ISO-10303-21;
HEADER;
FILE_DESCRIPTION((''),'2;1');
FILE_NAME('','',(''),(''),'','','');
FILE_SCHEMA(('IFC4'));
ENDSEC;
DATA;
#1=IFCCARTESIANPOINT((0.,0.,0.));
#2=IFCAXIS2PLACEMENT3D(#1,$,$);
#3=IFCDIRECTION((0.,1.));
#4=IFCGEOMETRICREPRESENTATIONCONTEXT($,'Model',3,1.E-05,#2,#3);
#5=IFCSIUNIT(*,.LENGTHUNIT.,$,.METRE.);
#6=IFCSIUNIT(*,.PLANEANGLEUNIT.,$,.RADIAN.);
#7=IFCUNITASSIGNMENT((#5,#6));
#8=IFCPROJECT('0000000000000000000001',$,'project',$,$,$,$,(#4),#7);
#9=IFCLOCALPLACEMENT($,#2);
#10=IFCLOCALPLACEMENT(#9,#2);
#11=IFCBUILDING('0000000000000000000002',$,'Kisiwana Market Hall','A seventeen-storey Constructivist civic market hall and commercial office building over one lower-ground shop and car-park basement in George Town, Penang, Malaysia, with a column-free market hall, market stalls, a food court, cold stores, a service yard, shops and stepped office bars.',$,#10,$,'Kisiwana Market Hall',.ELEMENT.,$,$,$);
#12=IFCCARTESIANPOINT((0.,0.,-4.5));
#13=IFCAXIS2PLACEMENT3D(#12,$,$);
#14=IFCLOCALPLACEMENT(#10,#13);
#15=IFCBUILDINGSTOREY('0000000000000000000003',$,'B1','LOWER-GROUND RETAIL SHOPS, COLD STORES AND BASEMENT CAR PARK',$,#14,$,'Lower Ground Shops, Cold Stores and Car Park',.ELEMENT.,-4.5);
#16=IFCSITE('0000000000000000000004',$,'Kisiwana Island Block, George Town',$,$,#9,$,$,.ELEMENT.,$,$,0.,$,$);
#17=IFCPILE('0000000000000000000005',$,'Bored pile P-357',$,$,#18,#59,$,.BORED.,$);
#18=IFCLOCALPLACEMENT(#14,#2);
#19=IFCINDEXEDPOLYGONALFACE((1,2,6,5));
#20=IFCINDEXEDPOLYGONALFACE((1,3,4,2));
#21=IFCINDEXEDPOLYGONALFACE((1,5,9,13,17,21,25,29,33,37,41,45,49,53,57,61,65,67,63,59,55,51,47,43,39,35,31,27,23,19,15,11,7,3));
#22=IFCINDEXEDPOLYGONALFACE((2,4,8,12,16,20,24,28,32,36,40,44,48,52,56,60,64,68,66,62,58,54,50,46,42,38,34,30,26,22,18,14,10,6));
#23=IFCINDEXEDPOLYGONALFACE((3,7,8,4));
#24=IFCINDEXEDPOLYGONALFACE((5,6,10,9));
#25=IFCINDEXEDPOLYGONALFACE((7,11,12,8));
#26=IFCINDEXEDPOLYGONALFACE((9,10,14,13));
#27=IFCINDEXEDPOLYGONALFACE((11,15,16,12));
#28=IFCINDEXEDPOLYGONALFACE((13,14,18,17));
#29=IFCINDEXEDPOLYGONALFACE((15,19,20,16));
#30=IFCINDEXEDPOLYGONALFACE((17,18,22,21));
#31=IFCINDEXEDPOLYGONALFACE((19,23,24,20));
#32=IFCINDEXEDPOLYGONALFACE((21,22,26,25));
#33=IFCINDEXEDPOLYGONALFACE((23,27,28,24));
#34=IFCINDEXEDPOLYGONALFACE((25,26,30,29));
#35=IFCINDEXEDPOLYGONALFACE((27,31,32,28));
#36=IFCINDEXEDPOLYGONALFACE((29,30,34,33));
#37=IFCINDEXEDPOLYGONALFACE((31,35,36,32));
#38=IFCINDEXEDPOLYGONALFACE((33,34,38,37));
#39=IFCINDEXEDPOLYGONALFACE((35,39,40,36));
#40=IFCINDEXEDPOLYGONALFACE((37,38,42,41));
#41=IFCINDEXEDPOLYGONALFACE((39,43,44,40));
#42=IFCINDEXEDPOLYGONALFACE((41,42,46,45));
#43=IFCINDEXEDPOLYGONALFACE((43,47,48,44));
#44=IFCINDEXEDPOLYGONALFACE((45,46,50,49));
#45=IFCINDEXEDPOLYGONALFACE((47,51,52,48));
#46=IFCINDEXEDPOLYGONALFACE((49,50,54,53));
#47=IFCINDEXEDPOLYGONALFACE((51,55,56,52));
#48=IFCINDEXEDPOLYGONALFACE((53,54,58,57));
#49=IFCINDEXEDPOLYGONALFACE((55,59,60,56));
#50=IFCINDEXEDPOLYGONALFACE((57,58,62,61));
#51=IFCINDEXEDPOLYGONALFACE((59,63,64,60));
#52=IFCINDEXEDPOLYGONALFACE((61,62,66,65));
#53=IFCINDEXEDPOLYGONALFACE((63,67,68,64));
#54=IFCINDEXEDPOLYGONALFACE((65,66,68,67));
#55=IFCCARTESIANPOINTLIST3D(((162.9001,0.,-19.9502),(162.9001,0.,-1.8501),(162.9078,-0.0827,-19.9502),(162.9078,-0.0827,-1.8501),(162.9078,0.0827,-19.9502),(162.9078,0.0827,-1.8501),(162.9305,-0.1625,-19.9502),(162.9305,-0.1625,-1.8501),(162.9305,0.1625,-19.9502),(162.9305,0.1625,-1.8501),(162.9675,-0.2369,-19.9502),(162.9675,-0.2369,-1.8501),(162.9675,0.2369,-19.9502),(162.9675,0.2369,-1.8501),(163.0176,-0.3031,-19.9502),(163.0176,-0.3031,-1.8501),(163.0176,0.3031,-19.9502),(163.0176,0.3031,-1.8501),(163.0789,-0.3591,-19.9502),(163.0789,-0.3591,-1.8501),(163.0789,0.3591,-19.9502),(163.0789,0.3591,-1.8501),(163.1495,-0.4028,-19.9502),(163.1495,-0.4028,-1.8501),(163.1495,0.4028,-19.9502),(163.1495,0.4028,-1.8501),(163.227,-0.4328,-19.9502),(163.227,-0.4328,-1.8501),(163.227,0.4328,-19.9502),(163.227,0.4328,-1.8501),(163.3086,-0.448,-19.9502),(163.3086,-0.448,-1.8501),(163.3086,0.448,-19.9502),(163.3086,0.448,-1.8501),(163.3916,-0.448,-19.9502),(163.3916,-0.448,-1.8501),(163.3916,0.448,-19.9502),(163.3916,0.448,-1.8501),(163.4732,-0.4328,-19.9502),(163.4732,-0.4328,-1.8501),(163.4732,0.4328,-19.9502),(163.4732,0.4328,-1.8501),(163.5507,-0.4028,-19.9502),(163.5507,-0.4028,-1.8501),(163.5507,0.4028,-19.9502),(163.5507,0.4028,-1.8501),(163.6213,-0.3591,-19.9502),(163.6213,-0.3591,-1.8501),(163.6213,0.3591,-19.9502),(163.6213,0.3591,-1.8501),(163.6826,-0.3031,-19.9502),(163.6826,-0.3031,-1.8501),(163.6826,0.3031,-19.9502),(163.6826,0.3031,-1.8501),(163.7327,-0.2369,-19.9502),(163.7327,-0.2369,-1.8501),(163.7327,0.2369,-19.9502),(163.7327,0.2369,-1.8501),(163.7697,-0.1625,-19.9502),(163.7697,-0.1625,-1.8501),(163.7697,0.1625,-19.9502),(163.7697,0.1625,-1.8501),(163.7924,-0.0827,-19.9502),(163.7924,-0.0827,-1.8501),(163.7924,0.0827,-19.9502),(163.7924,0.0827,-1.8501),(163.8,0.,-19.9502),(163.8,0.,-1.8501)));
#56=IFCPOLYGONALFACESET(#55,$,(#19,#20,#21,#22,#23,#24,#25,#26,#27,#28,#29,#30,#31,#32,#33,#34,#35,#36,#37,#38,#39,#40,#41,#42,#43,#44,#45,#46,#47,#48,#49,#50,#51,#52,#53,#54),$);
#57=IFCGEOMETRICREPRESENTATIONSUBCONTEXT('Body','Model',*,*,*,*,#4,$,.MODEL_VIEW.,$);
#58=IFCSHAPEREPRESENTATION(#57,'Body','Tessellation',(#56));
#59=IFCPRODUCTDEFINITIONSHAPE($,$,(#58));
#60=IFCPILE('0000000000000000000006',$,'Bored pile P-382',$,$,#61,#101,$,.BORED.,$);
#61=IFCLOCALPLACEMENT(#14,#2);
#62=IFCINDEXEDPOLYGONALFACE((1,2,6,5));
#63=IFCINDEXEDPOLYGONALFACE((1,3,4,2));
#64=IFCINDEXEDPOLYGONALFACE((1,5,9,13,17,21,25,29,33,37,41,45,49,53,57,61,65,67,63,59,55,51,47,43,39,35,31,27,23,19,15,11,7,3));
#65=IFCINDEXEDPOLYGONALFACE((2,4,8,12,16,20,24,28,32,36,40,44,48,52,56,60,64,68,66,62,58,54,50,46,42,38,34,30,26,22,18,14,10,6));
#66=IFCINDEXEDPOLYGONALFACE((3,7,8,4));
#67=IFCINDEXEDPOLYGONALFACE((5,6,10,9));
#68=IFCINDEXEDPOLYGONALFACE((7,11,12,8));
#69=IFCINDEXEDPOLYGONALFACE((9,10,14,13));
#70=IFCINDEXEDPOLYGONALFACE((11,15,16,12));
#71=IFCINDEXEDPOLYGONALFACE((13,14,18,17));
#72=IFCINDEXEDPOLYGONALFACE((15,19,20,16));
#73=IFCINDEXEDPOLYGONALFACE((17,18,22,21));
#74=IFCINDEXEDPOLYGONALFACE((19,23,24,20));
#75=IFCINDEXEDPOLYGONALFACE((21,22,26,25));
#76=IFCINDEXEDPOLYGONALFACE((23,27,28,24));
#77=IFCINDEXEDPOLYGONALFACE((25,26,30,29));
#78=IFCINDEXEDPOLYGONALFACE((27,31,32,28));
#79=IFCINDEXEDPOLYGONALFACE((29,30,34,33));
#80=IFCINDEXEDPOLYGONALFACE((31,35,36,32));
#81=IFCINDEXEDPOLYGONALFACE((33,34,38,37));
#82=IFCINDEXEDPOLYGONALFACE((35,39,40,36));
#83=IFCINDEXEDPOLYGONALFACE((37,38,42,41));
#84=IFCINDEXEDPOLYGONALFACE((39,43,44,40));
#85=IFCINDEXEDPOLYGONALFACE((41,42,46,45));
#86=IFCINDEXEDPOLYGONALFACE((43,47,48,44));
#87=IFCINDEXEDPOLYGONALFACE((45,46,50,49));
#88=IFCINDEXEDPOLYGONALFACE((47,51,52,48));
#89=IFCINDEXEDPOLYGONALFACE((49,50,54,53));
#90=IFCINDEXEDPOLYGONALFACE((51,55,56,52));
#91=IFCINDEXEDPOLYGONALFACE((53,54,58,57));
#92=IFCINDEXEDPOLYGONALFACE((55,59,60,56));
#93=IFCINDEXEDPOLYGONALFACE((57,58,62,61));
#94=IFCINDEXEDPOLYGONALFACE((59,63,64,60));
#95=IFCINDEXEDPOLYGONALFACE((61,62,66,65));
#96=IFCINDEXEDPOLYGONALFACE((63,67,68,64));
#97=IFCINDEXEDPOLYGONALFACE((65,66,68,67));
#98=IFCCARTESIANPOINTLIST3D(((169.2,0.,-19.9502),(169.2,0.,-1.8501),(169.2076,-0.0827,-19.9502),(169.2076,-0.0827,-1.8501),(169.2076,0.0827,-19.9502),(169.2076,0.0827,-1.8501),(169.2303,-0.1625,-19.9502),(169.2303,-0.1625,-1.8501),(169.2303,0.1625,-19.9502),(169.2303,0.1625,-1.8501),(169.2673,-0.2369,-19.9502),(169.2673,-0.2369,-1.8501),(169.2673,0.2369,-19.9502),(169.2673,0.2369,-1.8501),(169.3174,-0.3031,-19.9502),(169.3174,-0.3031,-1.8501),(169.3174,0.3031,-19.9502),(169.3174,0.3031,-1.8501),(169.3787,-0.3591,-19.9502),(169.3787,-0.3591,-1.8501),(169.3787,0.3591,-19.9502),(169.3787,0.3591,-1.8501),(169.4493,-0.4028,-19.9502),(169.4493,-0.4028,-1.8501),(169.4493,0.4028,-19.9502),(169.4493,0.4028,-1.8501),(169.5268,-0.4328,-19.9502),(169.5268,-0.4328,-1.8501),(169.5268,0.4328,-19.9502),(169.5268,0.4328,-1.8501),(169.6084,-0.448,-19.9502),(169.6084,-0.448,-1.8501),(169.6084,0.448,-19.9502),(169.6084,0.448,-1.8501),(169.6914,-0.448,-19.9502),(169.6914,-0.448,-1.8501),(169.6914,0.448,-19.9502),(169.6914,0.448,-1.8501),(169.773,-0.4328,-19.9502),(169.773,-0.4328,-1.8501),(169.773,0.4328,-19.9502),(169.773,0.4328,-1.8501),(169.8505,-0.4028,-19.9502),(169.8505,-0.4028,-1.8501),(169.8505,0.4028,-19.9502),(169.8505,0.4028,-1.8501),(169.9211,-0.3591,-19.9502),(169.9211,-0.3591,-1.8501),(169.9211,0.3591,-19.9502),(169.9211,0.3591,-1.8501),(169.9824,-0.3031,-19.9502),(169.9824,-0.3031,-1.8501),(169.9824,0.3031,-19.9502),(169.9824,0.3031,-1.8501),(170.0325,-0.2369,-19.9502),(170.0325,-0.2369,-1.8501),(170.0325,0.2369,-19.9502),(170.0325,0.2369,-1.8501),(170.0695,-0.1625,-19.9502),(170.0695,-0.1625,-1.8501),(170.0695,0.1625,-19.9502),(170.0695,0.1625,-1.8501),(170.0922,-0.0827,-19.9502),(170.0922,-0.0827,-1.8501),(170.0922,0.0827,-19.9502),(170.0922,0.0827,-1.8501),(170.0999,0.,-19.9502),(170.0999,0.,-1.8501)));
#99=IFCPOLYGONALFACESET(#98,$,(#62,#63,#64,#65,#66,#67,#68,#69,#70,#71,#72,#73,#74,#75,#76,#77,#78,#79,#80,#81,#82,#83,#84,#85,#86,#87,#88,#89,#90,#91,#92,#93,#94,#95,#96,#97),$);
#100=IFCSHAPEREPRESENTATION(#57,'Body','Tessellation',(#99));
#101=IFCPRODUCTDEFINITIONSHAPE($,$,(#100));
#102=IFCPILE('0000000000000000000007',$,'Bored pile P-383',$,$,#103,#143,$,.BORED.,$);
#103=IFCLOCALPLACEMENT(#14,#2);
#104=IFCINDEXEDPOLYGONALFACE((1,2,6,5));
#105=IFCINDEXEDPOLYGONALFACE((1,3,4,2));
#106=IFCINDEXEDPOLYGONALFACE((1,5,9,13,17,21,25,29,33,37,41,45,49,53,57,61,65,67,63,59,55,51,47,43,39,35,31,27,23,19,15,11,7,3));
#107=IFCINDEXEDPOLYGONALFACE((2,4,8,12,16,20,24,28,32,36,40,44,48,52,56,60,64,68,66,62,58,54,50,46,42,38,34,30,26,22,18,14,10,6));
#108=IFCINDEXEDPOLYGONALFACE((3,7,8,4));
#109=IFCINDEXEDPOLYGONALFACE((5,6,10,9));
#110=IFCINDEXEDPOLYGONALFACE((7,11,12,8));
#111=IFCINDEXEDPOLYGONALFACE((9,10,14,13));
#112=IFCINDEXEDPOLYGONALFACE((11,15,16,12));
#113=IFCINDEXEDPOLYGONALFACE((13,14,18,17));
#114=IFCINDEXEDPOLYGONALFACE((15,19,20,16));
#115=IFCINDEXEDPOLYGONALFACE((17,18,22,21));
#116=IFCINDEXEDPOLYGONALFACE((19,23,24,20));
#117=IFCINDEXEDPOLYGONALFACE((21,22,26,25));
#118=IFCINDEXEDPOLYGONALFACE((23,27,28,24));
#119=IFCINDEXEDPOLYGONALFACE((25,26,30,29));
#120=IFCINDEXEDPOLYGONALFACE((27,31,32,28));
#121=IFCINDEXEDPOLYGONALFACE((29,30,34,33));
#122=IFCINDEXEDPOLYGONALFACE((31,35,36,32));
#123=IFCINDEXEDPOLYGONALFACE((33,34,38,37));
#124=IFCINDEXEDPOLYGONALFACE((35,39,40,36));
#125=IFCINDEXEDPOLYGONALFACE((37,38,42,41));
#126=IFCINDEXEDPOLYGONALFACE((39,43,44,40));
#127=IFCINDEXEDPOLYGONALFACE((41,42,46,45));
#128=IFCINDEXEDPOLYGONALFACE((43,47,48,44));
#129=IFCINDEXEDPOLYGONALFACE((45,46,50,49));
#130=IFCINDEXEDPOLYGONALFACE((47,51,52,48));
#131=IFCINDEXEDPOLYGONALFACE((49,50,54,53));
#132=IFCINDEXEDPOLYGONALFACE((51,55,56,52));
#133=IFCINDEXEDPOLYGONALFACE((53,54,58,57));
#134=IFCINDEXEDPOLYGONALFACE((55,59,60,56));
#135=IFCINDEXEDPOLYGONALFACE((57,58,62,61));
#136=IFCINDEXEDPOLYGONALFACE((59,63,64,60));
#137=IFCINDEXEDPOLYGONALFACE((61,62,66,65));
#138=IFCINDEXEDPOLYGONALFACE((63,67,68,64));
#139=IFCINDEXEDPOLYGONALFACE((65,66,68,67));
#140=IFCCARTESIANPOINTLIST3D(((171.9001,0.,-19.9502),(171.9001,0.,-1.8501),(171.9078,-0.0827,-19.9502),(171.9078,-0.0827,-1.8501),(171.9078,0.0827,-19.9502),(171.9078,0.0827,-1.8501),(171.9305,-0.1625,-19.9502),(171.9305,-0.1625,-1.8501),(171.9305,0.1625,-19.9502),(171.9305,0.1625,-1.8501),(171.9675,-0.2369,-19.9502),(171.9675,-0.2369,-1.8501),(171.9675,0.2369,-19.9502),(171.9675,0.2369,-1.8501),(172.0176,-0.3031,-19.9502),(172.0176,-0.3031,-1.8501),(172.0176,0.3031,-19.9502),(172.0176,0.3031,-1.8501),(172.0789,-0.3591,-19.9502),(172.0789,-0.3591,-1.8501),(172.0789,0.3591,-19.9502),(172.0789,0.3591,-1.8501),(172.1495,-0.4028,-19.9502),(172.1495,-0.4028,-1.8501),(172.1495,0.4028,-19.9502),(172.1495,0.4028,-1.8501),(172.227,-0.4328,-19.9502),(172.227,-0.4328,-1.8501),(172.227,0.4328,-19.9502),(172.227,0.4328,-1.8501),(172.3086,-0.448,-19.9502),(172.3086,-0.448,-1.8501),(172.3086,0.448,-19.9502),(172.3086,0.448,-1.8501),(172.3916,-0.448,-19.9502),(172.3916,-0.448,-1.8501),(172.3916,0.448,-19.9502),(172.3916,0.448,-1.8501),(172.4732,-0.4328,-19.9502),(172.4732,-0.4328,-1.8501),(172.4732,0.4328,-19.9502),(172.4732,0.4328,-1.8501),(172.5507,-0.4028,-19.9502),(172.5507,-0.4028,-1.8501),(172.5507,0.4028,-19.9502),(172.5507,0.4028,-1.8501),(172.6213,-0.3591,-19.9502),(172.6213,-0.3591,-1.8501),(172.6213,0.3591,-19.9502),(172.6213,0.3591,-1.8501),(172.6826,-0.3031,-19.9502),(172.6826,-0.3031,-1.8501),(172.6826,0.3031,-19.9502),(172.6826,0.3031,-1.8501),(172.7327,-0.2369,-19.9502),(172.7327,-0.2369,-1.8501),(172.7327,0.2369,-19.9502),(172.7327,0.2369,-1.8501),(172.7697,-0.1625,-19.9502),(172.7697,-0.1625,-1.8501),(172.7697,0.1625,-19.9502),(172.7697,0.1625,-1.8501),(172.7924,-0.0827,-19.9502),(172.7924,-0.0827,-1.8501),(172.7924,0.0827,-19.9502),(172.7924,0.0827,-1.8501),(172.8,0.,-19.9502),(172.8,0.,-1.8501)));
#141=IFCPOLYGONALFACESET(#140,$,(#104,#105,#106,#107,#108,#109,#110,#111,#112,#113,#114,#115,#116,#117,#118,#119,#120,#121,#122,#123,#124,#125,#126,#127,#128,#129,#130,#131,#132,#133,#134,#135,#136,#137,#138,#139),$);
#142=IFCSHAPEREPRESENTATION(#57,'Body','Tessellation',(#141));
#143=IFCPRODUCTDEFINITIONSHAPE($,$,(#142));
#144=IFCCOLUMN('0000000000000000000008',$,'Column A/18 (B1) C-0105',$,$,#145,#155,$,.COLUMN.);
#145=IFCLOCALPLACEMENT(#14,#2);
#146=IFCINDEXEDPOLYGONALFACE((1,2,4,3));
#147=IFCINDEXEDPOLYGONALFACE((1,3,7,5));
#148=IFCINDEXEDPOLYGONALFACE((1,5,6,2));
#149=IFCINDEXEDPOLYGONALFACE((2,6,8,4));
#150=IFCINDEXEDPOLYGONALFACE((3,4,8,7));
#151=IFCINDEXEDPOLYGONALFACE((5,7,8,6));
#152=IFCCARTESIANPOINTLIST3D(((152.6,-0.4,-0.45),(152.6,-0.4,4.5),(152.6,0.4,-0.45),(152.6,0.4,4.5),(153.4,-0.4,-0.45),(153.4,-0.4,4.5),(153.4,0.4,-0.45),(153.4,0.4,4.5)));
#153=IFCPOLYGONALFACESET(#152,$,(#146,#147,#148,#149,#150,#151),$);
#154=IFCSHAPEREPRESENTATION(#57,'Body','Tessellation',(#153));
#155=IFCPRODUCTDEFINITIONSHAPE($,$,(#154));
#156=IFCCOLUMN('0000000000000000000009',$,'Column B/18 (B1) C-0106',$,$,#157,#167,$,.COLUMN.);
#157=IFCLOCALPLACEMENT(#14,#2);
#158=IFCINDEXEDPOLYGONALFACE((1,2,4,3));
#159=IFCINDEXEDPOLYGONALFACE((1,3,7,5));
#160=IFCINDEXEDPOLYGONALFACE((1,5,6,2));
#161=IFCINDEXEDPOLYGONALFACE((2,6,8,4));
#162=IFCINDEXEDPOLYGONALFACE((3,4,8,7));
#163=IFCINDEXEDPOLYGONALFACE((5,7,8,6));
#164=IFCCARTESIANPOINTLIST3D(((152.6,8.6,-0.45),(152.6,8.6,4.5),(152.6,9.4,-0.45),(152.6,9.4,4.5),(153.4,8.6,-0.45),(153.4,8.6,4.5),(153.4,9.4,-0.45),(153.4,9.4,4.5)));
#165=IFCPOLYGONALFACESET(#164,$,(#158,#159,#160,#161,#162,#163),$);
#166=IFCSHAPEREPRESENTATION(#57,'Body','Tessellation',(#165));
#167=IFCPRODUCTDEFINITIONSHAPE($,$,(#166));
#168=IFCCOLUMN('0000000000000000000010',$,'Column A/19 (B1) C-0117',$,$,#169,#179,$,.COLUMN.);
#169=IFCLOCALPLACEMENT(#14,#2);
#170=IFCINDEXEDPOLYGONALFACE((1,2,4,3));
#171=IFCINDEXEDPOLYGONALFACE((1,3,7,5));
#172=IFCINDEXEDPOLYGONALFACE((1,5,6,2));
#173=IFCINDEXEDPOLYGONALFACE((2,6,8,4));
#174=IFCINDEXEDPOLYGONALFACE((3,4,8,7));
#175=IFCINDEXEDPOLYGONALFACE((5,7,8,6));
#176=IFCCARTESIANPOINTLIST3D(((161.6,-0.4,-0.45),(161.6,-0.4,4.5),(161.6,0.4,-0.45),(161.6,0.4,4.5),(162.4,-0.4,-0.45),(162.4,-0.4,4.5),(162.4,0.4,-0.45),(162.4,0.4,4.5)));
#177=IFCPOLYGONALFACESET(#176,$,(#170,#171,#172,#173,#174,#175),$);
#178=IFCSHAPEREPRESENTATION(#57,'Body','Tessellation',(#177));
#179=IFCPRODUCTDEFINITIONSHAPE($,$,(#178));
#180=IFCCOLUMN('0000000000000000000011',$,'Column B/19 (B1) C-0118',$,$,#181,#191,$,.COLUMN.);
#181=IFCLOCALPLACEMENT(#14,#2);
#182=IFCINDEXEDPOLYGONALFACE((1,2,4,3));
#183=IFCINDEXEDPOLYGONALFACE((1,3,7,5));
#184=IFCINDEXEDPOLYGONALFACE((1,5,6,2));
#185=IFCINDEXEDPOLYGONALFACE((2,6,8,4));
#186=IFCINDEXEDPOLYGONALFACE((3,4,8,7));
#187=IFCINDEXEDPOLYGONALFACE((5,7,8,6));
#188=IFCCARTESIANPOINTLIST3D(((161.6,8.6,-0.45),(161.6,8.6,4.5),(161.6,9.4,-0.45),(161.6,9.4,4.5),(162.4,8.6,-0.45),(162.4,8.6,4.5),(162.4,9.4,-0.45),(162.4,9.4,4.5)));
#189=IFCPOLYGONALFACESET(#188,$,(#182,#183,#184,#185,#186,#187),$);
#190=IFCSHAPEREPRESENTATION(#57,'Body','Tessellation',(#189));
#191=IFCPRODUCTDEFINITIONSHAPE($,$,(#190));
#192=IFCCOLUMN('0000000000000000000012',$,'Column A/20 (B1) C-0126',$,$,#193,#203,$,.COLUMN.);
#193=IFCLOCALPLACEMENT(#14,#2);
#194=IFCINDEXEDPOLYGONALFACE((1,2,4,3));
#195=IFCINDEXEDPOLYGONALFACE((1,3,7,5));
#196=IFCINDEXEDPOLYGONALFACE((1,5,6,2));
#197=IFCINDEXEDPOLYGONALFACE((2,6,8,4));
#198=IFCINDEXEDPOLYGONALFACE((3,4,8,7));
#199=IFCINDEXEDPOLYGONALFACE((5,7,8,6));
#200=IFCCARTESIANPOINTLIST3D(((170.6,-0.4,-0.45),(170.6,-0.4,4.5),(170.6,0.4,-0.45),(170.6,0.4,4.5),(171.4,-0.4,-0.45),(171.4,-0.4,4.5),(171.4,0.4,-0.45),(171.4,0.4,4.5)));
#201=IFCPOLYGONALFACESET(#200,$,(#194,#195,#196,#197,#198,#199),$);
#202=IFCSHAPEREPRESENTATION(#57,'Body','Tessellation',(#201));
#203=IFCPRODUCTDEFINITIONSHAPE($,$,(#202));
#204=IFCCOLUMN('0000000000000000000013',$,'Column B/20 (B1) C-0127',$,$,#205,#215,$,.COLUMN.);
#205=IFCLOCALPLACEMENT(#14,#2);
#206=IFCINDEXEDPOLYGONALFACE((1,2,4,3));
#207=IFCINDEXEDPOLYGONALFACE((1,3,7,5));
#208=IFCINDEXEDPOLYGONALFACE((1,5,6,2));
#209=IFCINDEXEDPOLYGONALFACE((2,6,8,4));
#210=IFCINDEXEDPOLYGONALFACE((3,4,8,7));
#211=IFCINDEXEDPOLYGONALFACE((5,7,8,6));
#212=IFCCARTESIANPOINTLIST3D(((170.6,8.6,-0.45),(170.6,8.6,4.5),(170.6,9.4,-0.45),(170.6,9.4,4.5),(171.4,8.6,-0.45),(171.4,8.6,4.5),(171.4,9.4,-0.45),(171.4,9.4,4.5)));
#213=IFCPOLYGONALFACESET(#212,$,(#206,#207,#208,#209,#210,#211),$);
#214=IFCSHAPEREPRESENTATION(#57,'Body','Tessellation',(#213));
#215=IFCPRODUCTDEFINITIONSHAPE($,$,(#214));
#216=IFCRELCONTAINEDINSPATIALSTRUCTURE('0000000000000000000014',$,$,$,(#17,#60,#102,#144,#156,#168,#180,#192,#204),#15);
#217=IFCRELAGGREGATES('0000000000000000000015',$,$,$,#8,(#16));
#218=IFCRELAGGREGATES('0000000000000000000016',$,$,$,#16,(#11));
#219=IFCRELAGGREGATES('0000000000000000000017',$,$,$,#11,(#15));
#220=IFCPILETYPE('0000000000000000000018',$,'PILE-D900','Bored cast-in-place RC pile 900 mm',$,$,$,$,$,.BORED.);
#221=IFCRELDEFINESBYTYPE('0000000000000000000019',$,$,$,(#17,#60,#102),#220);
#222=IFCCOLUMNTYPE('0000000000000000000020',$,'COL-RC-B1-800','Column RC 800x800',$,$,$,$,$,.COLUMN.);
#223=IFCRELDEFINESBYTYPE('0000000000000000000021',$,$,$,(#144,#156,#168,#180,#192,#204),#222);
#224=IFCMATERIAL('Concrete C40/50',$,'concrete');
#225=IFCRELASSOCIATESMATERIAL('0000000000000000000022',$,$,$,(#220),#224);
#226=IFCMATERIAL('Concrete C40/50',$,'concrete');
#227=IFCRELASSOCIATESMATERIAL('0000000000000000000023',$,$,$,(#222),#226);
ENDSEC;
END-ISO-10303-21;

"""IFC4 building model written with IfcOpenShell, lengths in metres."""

from ifc_helpers import new_model, si_unit, direction, frame, origin, origin_2d, place, context, subcontext, project, spatial, rectangle, circle, extrude, material, material_profile, profile_set, type_object, element, save


model = new_model("IFC4")

# Units and contexts
model_context = context("Model", 3, precision=1e-05, world=origin(), true_north=direction((0.0, 1.0)))
body_context = subcontext(model_context, "Body", "Model", "MODEL_VIEW")
ifc_project = project(units=[si_unit("LENGTHUNIT", "METRE"), si_unit("PLANEANGLEUNIT", "RADIAN")], contexts=[model_context])

# Site, building, storey
site_placement = place(None, origin())
site = spatial("IfcSite", under=ifc_project, at=site_placement, Name="Kisiwana Island Block, George Town", CompositionType="ELEMENT", RefElevation=0.0)
building_placement = place(site_placement, origin())
building = spatial("IfcBuilding", under=site, at=building_placement, Name="Kisiwana Market Hall", Description="A seventeen-storey Constructivist civic market hall and commercial office building over one lower-ground shop and car-park basement in George Town, Penang, Malaysia, with a column-free market hall, market stalls, a food court, cold stores, a service yard, shops and stepped office bars.", LongName="Kisiwana Market Hall", CompositionType="ELEMENT")
storey_placement = place(building_placement, frame((0.0, 0.0, -4.5)))
storey = spatial("IfcBuildingStorey", under=building, at=storey_placement, Name="B1", Description="LOWER-GROUND RETAIL SHOPS, COLD STORES AND BASEMENT CAR PARK", LongName="Lower Ground Shops, Cold Stores and Car Park", CompositionType="ELEMENT", Elevation=-4.5)

# Piles
ifc_material_1 = material(Name="Concrete C40/50", Category="concrete")
ifc_material_profile_1 = material_profile(ifc_material_1, circle(Radius=0.45, at=origin_2d()), Name="BP D900")
ifc_profile_set_1 = profile_set([ifc_material_profile_1], Name="Concrete C40/50")
pile_type_1 = type_object("IfcPileType", Name="PILE-D900", Description="Bored cast-in-place RC pile 900 mm", PredefinedType="BORED", material=ifc_profile_set_1)
for number, where, z_axis, x_axis, name in (
    (1, (163.3501, 0.0, -1.8501), (0.0, 0.0, -1.0), (1.0, 0.0, 0.0), "Bored pile P-357"),
    (2, (169.6499, 0.0, -1.8501), (0.0, 0.0, -1.0), (1.0, 0.0, 0.0), "Bored pile P-382"),
    (3, (172.3501, 0.0, -1.8501), (0.0, 0.0, -1.0), (1.0, 0.0, 0.0), "Bored pile P-383"),
):
    element("IfcPile", number, at=place(storey_placement, frame(where, z_axis=z_axis, x_axis=x_axis)), inside=storey, type_object=pile_type_1, Name=name, PredefinedType="BORED", context=body_context, shape_type="SweptSolid", body=[
        extrude(circle(Radius=0.45, at=origin_2d()), origin(), (0.0, 0.0, 1.0), 18.1001),
    ])

# Columns
ifc_material_2 = material(Name="Concrete C40/50", Category="concrete")
ifc_material_profile_2 = material_profile(ifc_material_2, rectangle(XDim=0.8, YDim=0.8, at=origin_2d()), Name="RC 800x800")
ifc_profile_set_2 = profile_set([ifc_material_profile_2], Name="Concrete C40/50")
column_type = type_object("IfcColumnType", Name="COL-RC-B1-800", Description="Column RC 800x800", PredefinedType="COLUMN", material=ifc_profile_set_2)
for number, where, z_axis, x_axis, name in (
    (4, (153.0, 0.0, -0.45), (0.0, 0.0, 1.0), (1.0, 0.0, 0.0), "Column A/18 (B1) C-0105"),
    (5, (153.0, 9.0, -0.45), (0.0, 0.0, 1.0), (1.0, 0.0, 0.0), "Column B/18 (B1) C-0106"),
    (6, (162.0, 0.0, -0.45), (0.0, 0.0, 1.0), (1.0, 0.0, 0.0), "Column A/19 (B1) C-0117"),
    (7, (162.0, 9.0, -0.45), (0.0, 0.0, 1.0), (1.0, 0.0, 0.0), "Column B/19 (B1) C-0118"),
    (8, (171.0, 0.0, -0.45), (0.0, 0.0, 1.0), (1.0, 0.0, 0.0), "Column A/20 (B1) C-0126"),
    (9, (171.0, 9.0, -0.45), (0.0, 0.0, 1.0), (1.0, 0.0, 0.0), "Column B/20 (B1) C-0127"),
):
    element("IfcColumn", number, at=place(storey_placement, frame(where, z_axis=z_axis, x_axis=x_axis)), inside=storey, type_object=column_type, Name=name, PredefinedType="COLUMN", context=body_context, shape_type="SweptSolid", body=[
        extrude(rectangle(XDim=0.8, YDim=0.8, at=origin_2d()), origin(), (0.0, 0.0, 1.0), 4.95),
    ])

save(model, "model.ifc")
